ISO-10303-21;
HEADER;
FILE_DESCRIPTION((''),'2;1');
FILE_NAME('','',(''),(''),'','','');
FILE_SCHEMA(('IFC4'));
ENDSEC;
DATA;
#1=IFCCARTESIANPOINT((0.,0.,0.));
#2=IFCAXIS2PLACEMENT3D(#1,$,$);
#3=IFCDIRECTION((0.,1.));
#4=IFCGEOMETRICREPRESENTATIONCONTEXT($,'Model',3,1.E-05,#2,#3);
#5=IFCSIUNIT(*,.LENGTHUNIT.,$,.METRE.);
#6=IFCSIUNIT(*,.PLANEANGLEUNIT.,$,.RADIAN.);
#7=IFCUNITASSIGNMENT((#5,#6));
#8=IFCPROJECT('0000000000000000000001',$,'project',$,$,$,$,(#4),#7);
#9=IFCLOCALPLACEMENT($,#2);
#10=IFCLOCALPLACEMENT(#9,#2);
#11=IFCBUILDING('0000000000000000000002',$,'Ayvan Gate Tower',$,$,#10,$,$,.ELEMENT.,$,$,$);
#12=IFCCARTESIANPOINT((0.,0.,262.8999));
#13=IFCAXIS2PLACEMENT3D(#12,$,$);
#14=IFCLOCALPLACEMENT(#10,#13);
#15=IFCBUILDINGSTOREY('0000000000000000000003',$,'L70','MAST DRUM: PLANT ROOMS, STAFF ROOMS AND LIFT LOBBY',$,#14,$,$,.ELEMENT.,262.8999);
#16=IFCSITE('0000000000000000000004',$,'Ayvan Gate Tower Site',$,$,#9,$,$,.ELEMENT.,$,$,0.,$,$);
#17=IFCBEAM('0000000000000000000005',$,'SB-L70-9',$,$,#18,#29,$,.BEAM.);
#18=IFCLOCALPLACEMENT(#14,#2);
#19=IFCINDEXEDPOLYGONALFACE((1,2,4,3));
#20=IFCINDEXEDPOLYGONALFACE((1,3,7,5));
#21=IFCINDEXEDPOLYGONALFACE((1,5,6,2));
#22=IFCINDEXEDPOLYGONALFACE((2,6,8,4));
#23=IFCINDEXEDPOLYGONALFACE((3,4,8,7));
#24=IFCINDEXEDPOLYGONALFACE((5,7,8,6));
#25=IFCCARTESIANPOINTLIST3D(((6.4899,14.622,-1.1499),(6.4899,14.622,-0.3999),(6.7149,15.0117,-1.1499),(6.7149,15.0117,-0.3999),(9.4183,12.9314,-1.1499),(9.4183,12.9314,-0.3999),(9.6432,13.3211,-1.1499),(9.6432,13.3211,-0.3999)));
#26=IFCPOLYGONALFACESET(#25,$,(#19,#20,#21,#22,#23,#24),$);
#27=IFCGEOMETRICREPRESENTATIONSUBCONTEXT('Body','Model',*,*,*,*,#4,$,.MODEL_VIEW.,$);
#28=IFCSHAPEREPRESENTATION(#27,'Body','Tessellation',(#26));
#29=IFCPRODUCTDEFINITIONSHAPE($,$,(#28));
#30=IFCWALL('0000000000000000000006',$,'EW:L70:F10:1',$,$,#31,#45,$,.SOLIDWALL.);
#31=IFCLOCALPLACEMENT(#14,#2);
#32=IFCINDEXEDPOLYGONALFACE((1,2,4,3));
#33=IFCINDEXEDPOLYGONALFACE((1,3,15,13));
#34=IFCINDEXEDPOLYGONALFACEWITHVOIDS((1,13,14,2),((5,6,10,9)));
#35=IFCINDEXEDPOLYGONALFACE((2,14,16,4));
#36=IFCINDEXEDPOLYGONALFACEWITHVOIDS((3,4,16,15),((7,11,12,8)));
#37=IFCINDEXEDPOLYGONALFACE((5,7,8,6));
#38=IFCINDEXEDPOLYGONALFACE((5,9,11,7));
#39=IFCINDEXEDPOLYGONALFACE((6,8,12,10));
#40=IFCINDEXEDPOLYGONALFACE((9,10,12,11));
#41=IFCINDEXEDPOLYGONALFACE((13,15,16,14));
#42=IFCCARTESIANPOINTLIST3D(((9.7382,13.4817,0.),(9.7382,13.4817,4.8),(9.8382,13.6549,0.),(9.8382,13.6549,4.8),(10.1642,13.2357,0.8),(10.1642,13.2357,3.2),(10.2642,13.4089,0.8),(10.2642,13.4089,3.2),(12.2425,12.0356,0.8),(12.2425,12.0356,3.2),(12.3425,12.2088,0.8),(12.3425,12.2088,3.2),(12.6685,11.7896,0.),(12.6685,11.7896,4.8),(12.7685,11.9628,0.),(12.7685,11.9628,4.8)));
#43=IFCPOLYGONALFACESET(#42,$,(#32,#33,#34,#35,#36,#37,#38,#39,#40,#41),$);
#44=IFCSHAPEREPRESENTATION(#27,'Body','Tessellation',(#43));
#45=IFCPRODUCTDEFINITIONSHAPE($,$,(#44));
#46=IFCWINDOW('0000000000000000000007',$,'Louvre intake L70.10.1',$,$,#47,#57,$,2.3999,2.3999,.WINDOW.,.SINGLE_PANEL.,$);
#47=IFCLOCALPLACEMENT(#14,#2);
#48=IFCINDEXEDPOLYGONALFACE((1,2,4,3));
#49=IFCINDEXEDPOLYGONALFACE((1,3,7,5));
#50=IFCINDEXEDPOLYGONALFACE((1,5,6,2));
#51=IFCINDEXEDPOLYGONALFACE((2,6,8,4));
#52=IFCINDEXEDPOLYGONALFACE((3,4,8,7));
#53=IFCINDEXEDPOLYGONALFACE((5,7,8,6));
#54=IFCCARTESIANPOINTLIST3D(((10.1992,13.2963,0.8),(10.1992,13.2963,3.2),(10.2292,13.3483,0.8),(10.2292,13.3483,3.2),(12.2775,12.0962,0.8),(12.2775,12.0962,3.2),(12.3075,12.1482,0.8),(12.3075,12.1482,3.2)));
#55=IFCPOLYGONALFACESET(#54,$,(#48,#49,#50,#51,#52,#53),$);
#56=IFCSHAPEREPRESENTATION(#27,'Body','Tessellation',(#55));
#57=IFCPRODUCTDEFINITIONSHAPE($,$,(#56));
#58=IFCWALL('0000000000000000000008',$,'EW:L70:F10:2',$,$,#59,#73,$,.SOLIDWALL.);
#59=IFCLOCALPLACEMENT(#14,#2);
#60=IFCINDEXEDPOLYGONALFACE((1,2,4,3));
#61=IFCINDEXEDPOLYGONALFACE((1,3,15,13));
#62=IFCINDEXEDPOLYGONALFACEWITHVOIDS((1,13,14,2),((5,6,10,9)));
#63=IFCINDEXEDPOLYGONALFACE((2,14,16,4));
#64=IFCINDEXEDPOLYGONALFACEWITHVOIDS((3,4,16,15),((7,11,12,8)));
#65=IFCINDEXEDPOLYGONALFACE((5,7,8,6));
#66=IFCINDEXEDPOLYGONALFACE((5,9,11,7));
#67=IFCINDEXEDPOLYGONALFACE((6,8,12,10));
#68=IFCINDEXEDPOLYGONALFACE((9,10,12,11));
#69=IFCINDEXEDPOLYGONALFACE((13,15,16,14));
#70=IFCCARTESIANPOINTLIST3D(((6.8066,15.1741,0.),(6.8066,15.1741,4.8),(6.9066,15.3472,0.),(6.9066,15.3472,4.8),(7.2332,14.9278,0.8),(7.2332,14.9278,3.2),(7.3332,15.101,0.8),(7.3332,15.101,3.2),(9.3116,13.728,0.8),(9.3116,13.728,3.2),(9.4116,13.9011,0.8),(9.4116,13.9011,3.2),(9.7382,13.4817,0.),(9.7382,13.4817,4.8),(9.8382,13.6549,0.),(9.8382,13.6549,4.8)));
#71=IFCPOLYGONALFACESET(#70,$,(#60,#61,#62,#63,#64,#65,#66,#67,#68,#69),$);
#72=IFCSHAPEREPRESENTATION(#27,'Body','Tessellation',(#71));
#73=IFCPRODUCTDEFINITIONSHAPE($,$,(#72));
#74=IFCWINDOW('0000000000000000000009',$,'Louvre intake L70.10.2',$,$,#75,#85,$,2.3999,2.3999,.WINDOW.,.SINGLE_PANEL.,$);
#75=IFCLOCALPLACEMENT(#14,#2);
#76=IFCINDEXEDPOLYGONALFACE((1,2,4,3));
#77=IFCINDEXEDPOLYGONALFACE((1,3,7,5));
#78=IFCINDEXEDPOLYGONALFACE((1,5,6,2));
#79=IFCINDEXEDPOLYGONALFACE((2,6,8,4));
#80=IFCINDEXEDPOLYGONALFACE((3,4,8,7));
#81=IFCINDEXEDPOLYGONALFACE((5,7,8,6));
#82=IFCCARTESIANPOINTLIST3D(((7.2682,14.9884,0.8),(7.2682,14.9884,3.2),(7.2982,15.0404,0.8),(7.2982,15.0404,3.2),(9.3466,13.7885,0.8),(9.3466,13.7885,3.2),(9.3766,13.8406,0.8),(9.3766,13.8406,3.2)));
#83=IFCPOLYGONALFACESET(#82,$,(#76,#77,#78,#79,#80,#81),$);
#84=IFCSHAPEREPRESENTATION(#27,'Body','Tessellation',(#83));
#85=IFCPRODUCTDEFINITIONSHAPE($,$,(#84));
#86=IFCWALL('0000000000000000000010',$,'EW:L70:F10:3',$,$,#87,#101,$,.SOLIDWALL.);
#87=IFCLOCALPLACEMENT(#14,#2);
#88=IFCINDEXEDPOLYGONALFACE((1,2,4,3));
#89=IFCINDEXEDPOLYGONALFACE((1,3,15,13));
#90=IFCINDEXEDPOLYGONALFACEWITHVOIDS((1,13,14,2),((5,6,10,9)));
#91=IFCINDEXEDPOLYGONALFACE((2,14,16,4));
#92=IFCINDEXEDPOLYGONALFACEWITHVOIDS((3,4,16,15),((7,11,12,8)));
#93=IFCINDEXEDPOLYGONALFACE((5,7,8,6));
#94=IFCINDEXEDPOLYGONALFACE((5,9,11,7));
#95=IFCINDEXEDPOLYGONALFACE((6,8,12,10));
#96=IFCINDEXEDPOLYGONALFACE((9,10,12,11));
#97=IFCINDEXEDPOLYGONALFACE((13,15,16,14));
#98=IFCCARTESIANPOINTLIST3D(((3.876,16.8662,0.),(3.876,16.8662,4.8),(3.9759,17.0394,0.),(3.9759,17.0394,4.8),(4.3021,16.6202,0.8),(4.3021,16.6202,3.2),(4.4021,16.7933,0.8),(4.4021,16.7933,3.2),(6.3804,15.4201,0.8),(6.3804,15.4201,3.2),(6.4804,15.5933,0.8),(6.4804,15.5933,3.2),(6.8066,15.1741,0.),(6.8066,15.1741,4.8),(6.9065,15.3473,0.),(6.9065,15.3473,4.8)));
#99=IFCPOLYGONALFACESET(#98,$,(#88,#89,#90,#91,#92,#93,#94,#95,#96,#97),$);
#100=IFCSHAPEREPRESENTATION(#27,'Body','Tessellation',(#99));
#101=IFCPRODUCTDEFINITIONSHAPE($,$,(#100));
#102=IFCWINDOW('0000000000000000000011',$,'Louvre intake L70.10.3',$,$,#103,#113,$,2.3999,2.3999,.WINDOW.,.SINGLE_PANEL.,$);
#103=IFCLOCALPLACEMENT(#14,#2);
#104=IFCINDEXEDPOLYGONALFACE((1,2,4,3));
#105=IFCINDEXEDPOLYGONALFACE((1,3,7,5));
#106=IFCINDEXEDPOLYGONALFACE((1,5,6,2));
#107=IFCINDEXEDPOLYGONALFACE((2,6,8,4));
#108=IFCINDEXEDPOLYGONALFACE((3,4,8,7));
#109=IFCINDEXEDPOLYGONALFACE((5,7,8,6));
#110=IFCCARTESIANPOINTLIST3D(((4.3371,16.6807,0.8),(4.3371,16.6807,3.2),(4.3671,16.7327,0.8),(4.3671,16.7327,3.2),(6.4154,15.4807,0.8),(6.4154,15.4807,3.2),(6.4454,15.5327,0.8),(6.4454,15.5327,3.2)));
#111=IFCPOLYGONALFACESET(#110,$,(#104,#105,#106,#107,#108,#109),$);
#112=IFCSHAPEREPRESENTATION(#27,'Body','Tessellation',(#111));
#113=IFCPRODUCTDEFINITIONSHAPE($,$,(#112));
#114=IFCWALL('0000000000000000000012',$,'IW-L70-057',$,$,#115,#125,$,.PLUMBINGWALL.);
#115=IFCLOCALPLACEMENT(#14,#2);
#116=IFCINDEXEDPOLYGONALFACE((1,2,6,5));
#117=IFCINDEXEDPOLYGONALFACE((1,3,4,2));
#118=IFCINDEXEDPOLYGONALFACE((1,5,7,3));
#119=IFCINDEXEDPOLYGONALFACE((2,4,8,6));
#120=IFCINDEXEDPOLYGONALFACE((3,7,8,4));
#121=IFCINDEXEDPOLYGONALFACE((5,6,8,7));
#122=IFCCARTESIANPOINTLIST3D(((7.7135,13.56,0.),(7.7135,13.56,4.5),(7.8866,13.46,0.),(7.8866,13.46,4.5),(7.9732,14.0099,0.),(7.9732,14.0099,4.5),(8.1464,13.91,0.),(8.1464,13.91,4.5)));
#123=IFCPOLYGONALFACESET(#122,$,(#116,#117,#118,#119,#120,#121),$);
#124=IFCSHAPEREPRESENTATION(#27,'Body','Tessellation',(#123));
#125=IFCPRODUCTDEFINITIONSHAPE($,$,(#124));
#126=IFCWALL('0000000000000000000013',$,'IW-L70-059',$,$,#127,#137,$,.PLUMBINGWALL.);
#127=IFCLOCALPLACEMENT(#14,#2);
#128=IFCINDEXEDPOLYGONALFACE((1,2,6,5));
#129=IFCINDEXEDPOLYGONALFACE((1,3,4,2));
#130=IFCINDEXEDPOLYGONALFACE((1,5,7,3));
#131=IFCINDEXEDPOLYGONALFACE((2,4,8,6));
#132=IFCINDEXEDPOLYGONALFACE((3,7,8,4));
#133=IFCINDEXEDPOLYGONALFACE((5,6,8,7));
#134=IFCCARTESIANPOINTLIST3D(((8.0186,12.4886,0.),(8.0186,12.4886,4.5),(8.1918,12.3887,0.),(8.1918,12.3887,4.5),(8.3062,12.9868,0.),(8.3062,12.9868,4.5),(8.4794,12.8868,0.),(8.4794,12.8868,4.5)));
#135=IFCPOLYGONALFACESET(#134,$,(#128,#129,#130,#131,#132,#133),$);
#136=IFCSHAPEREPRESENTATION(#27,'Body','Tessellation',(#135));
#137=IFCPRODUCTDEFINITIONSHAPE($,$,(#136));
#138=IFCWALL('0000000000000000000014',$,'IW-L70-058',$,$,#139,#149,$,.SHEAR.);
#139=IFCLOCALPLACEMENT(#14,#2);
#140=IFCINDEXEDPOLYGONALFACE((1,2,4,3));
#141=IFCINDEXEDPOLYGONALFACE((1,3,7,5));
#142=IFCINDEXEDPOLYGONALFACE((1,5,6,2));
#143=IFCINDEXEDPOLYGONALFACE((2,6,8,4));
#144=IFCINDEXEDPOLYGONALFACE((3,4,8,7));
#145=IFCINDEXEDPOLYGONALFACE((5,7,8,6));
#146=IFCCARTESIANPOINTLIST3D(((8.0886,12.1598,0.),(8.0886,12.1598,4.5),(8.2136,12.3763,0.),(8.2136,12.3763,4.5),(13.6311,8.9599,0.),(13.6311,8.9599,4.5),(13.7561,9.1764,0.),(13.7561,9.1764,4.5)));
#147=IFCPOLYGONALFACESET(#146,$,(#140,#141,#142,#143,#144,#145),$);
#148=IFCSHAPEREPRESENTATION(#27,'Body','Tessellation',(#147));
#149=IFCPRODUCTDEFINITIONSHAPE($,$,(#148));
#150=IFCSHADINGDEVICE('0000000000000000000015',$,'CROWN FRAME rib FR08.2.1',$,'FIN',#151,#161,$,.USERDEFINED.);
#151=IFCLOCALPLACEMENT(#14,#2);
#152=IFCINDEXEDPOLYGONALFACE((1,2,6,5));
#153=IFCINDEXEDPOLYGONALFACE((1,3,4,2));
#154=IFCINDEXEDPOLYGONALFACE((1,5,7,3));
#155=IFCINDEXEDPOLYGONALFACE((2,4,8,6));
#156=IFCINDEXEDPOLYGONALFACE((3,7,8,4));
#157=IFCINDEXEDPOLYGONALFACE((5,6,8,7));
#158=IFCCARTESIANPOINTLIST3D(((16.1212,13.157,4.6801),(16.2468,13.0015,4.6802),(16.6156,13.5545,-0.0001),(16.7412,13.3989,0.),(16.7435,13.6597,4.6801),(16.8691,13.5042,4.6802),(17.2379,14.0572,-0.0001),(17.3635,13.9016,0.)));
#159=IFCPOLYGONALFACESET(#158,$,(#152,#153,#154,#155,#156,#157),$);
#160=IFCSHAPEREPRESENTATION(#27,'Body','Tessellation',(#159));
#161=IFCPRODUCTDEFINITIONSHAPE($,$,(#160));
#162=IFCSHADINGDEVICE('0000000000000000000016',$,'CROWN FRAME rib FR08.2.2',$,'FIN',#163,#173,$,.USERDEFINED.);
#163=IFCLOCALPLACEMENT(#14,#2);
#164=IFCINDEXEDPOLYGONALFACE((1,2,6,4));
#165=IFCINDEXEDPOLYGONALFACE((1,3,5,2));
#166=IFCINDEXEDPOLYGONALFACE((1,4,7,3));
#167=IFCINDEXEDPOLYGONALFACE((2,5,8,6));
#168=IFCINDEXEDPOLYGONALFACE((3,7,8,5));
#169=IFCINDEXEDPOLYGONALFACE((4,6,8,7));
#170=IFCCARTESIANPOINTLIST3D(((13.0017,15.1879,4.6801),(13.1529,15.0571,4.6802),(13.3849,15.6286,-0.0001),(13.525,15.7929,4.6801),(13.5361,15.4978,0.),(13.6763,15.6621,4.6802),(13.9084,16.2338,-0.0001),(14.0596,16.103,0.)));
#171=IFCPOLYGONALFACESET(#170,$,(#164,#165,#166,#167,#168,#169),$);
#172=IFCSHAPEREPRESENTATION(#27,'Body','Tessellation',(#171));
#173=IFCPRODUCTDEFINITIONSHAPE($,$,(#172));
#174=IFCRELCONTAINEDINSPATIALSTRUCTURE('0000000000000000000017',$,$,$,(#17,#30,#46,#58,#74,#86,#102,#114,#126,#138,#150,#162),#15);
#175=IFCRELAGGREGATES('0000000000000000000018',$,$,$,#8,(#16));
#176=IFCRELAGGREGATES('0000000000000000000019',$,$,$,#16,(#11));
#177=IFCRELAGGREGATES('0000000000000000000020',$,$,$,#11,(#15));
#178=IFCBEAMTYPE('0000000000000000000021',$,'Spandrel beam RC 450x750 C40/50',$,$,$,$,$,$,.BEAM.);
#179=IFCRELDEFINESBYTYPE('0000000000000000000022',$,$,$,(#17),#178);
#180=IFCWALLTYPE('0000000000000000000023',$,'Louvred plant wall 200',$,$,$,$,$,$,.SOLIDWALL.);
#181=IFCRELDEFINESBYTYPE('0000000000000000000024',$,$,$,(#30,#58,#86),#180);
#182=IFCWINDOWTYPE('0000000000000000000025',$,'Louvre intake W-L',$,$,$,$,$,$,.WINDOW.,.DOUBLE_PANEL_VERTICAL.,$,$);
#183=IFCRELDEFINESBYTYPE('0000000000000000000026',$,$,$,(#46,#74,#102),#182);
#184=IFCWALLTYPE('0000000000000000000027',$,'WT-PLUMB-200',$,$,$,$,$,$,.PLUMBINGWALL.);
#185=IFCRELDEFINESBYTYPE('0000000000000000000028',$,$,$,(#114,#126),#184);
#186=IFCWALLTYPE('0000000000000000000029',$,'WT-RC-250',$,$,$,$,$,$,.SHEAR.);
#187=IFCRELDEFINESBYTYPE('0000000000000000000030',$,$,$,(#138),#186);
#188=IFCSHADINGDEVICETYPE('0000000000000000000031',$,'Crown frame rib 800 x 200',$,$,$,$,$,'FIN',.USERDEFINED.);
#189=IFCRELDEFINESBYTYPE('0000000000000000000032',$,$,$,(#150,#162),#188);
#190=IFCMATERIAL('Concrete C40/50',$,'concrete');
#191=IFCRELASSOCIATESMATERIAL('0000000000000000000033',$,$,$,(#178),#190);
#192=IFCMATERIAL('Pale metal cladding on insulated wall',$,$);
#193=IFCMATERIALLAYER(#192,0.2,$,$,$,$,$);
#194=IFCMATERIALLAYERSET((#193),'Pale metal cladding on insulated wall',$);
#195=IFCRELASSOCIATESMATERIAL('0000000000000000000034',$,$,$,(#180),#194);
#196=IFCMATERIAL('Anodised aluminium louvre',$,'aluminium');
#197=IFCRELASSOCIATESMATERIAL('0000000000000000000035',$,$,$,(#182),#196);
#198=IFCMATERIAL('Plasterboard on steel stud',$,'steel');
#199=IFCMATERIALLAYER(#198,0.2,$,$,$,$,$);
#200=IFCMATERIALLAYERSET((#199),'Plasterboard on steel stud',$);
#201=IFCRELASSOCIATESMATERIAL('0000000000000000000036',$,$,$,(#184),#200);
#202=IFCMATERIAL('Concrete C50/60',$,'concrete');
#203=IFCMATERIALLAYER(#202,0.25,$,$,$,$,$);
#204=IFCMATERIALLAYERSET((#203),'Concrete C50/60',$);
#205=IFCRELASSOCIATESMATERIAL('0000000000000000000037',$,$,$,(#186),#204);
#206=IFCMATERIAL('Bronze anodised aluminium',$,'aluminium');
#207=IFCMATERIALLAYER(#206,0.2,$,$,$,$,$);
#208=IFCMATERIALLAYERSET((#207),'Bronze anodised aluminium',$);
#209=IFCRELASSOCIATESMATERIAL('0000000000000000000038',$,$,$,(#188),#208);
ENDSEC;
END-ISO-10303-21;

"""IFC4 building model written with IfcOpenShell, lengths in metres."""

from ifc_helpers import new_model, si_unit, direction, frame, frame_2d, origin, origin_2d, place, context, subcontext, project, spatial, polyline, rectangle, outline, extrude, material, layer, layer_set, material_profile, profile_set, type_object, element, fill, save


model = new_model("IFC4")

# Units and contexts
model_context = context("Model", 3, precision=1e-05, world=origin(), true_north=direction((0.0, 1.0)))
body_context = subcontext(model_context, "Body", "Model", "MODEL_VIEW")
ifc_project = project(units=[si_unit("LENGTHUNIT", "METRE"), si_unit("PLANEANGLEUNIT", "RADIAN")], contexts=[model_context])

# Site, building, storey
site_placement = place(None, origin())
site = spatial("IfcSite", under=ifc_project, at=site_placement, Name="Ayvan Gate Tower Site", CompositionType="ELEMENT", RefElevation=0.0)
building_placement = place(site_placement, origin())
building = spatial("IfcBuilding", under=site, at=building_placement, Name="Ayvan Gate Tower", CompositionType="ELEMENT")
storey_placement = place(building_placement, frame((0.0, 0.0, 262.8999)))
storey = spatial("IfcBuildingStorey", under=building, at=storey_placement, Name="L70", Description="MAST DRUM: PLANT ROOMS, STAFF ROOMS AND LIFT LOBBY", CompositionType="ELEMENT", Elevation=262.8999)

# Beam
ifc_material_1 = material(Name="Concrete C40/50", Category="concrete")
ifc_material_profile = material_profile(ifc_material_1, rectangle(XDim=0.45, YDim=0.75, at=origin_2d()), Name="RC 450x750")
ifc_profile_set = profile_set([ifc_material_profile], Name="Concrete C40/50")
beam_type = type_object("IfcBeamType", Name="Spandrel beam RC 450x750 C40/50", PredefinedType="BEAM", material=ifc_profile_set)
beam_placement = place(storey_placement, frame((9.5308, 13.1262, -0.7749), z_axis=(-0.866035, 0.499983, 0.0), x_axis=(-0.499983, -0.866035, 0.0)))
element("IfcBeam", 1, at=beam_placement, inside=storey, type_object=beam_type, Name="SB-L70-9", PredefinedType="BEAM", context=body_context, shape_type="SweptSolid", body=[
    extrude(rectangle(XDim=0.45, YDim=0.75, at=origin_2d()), origin(), (0.0, 0.0, 1.0), 3.3813),
])

# Walls, openings, windows
ifc_material_2 = material(Name="Pale metal cladding on insulated wall")
ifc_layer_1 = layer(ifc_material_2, 0.2)
ifc_layer_set_1 = layer_set([ifc_layer_1], Name="Pale metal cladding on insulated wall")
wall_type_1 = type_object("IfcWallType", Name="Louvred plant wall 200", PredefinedType="SOLIDWALL", material=ifc_layer_set_1)
wall_1_placement = place(storey_placement, frame((12.7185, 11.8762, 0.0), z_axis=(0.0, 0.0, 1.0), x_axis=(-0.865992, 0.500058, 0.0)))
wall_1 = element("IfcWall", 2, at=wall_1_placement, inside=storey, type_object=wall_type_1, Name="EW:L70:F10:1", PredefinedType="SOLIDWALL", context=body_context, shape_type="SweptSolid", body=[
    extrude(rectangle(XDim=3.3838, YDim=0.2, at=frame_2d((1.6919, 0.0))), origin(), (0.0, 0.0, 1.0), 4.8),
])
opening_1_placement = place(wall_1_placement, frame((0.4919, 0.0, 0.8)))
opening_1 = element("IfcOpeningElement", 3, at=opening_1_placement, cuts=wall_1, PredefinedType="OPENING", context=body_context, shape_type="SweptSolid", body=[
    extrude(rectangle(XDim=2.3999, YDim=2.3999, at=frame_2d((1.2, 1.2))), frame((0.0, 0.1099, 0.0), z_axis=(0.0, -1.0, 0.0), x_axis=(1.0, 0.0, 0.0)), (0.0, 0.0, 1.0), 0.22),
])
ifc_material_3 = material(Name="Anodised aluminium louvre", Category="aluminium")
window_type = type_object("IfcWindowType", Name="Louvre intake W-L", PartitioningType="DOUBLE_PANEL_VERTICAL", PredefinedType="WINDOW", material=ifc_material_3)
window_1_placement = place(opening_1_placement, origin())
window_1 = element("IfcWindow", 4, at=window_1_placement, inside=storey, type_object=window_type, Name="Louvre intake L70.10.1", OverallHeight=2.3999, OverallWidth=2.3999, PartitioningType="SINGLE_PANEL", PredefinedType="WINDOW", context=body_context, shape_type="SweptSolid", body=[
    extrude(rectangle(XDim=2.3999, YDim=2.3999, at=frame_2d((1.2, 1.2))), frame((0.0, 0.03, 0.0), z_axis=(0.0, -1.0, 0.0), x_axis=(1.0, 0.0, 0.0)), (0.0, 0.0, 1.0), 0.0601),
])
fill(opening_1, window_1)
wall_2_placement = place(storey_placement, frame((9.7881, 13.5684, 0.0), z_axis=(0.0, 0.0, 1.0), x_axis=(-0.866051, 0.499956, 0.0)))
wall_2 = element("IfcWall", 5, at=wall_2_placement, inside=storey, type_object=wall_type_1, Name="EW:L70:F10:2", PredefinedType="SOLIDWALL", context=body_context, shape_type="SweptSolid", body=[
    extrude(rectangle(XDim=3.385, YDim=0.2, at=frame_2d((1.6924, 0.0))), origin(), (0.0, 0.0, 1.0), 4.8),
])
opening_2_placement = place(wall_2_placement, frame((0.4924, 0.0, 0.8)))
opening_2 = element("IfcOpeningElement", 6, at=opening_2_placement, cuts=wall_2, PredefinedType="OPENING", context=body_context, shape_type="SweptSolid", body=[
    extrude(rectangle(XDim=2.3999, YDim=2.3999, at=frame_2d((1.2, 1.2))), frame((0.0, 0.1099, 0.0), z_axis=(0.0, -1.0, 0.0), x_axis=(1.0, 0.0, 0.0)), (0.0, 0.0, 1.0), 0.22),
])
window_2_placement = place(opening_2_placement, origin())
window_2 = element("IfcWindow", 7, at=window_2_placement, inside=storey, type_object=window_type, Name="Louvre intake L70.10.2", OverallHeight=2.3999, OverallWidth=2.3999, PartitioningType="SINGLE_PANEL", PredefinedType="WINDOW", context=body_context, shape_type="SweptSolid", body=[
    extrude(rectangle(XDim=2.3999, YDim=2.3999, at=frame_2d((1.2, 1.2))), frame((0.0, 0.03, 0.0), z_axis=(0.0, -1.0, 0.0), x_axis=(1.0, 0.0, 0.0)), (0.0, 0.0, 1.0), 0.0601),
])
fill(opening_2, window_2)
wall_3_placement = place(storey_placement, frame((6.8564, 15.2607, 0.0), z_axis=(0.0, 0.0, 1.0), x_axis=(-0.86601, 0.500026, 0.0)))
wall_3 = element("IfcWall", 8, at=wall_3_placement, inside=storey, type_object=wall_type_1, Name="EW:L70:F10:3", PredefinedType="SOLIDWALL", context=body_context, shape_type="SweptSolid", body=[
    extrude(rectangle(XDim=3.384, YDim=0.2, at=frame_2d((1.6919, 0.0))), origin(), (0.0, 0.0, 1.0), 4.8),
])
opening_3_placement = place(wall_3_placement, frame((0.4919, 0.0, 0.8)))
opening_3 = element("IfcOpeningElement", 9, at=opening_3_placement, cuts=wall_3, PredefinedType="OPENING", context=body_context, shape_type="SweptSolid", body=[
    extrude(rectangle(XDim=2.3999, YDim=2.3999, at=frame_2d((1.2, 1.2))), frame((0.0, 0.1099, 0.0), z_axis=(0.0, -1.0, 0.0), x_axis=(1.0, 0.0, 0.0)), (0.0, 0.0, 1.0), 0.22),
])
window_3_placement = place(opening_3_placement, origin())
window_3 = element("IfcWindow", 10, at=window_3_placement, inside=storey, type_object=window_type, Name="Louvre intake L70.10.3", OverallHeight=2.3999, OverallWidth=2.3999, PartitioningType="SINGLE_PANEL", PredefinedType="WINDOW", context=body_context, shape_type="SweptSolid", body=[
    extrude(rectangle(XDim=2.3999, YDim=2.3999, at=frame_2d((1.2, 1.2))), frame((0.0, 0.03, 0.0), z_axis=(0.0, -1.0, 0.0), x_axis=(1.0, 0.0, 0.0)), (0.0, 0.0, 1.0), 0.0601),
])
fill(opening_3, window_3)

# Walls
ifc_material_4 = material(Name="Plasterboard on steel stud", Category="steel")
ifc_layer_2 = layer(ifc_material_4, 0.2)
ifc_layer_set_2 = layer_set([ifc_layer_2], Name="Plasterboard on steel stud")
wall_type_2 = type_object("IfcWallType", Name="WT-PLUMB-200", PredefinedType="PLUMBINGWALL", material=ifc_layer_set_2)
wall_4_placement = place(storey_placement, frame((7.8, 13.51, 0.0), z_axis=(0.0, 0.0, 1.0), x_axis=(0.49998, 0.866037, 0.0)))
element("IfcWall", 11, at=wall_4_placement, inside=storey, type_object=wall_type_2, Name="IW-L70-057", PredefinedType="PLUMBINGWALL", context=body_context, shape_type="SweptSolid", body=[
    extrude(rectangle(XDim=0.5195, YDim=0.2, at=frame_2d((0.2598, 0.0))), origin(), (0.0, 0.0, 1.0), 4.5),
])
wall_5_placement = place(storey_placement, frame((8.3928, 12.9368, 0.0), z_axis=(0.0, 0.0, 1.0), x_axis=(-0.500065, -0.865988, 0.0)))
element("IfcWall", 12, at=wall_5_placement, inside=storey, type_object=wall_type_2, Name="IW-L70-059", PredefinedType="PLUMBINGWALL", context=body_context, shape_type="SweptSolid", body=[
    extrude(rectangle(XDim=0.5752, YDim=0.2, at=frame_2d((0.2876, 0.0))), origin(), (0.0, 0.0, 1.0), 4.5),
])
ifc_material_5 = material(Name="Concrete C50/60", Category="concrete")
ifc_layer_3 = layer(ifc_material_5, 0.25)
ifc_layer_set_3 = layer_set([ifc_layer_3], Name="Concrete C50/60")
wall_type_3 = type_object("IfcWallType", Name="WT-RC-250", PredefinedType="SHEAR", material=ifc_layer_set_3)
wall_6_placement = place(storey_placement, frame((8.1511, 12.2681, 0.0), z_axis=(0.0, 0.0, 1.0), x_axis=(0.866025, -0.5, 0.0)))
element("IfcWall", 13, at=wall_6_placement, inside=storey, type_object=wall_type_3, Name="IW-L70-058", PredefinedType="SHEAR", context=body_context, shape_type="SweptSolid", body=[
    extrude(rectangle(XDim=6.3999, YDim=0.25, at=frame_2d((3.2, 0.0))), origin(), (0.0, 0.0, 1.0), 4.5),
])

# Shading devices
ifc_material_6 = material(Name="Bronze anodised aluminium", Category="aluminium")
ifc_layer_4 = layer(ifc_material_6, 0.2)
ifc_layer_set_4 = layer_set([ifc_layer_4], Name="Bronze anodised aluminium")
shading_device_type_1 = type_object("IfcShadingDeviceType", Name="Crown frame rib 800 x 200", ElementType="FIN", PredefinedType="USERDEFINED", material=ifc_layer_set_4)
shading_device_1_placement = place(storey_placement, frame((16.7412, 13.3989, 0.0), z_axis=(0.628373, -0.777912, 0.000314), x_axis=(0.777912, 0.628373, 0.0)))
element("IfcShadingDevice", 14, at=shading_device_1_placement, inside=storey, type_object=shading_device_type_1, Name="CROWN FRAME rib FR08.2.1", ObjectType="FIN", PredefinedType="USERDEFINED", context=body_context, shape_type="SweptSolid", body=[
    extrude(outline(polyline([(0.0, 0.0), (0.8, 0.0), (0.1656, 4.6802), (-0.6343, 4.6802), (0.0, 0.0)])), origin(), (0.0, 0.0, -1.0), 0.2),
])
shading_device_2_placement = place(storey_placement, frame((13.5361, 15.4978, 0.0), z_axis=(0.756298, -0.654227, 0.000322), x_axis=(0.654227, 0.756298, 0.0)))
element("IfcShadingDevice", 15, at=shading_device_2_placement, inside=storey, type_object=shading_device_type_1, Name="CROWN FRAME rib FR08.2.2", ObjectType="FIN", PredefinedType="USERDEFINED", context=body_context, shape_type="SweptSolid", body=[
    extrude(outline(polyline([(0.0, 0.0), (0.8002, 0.0), (0.2159, 4.6802), (-0.584, 4.6802), (0.0, 0.0)])), origin(), (0.0, 0.0, -1.0), 0.2),
])

save(model, "model.ifc")
